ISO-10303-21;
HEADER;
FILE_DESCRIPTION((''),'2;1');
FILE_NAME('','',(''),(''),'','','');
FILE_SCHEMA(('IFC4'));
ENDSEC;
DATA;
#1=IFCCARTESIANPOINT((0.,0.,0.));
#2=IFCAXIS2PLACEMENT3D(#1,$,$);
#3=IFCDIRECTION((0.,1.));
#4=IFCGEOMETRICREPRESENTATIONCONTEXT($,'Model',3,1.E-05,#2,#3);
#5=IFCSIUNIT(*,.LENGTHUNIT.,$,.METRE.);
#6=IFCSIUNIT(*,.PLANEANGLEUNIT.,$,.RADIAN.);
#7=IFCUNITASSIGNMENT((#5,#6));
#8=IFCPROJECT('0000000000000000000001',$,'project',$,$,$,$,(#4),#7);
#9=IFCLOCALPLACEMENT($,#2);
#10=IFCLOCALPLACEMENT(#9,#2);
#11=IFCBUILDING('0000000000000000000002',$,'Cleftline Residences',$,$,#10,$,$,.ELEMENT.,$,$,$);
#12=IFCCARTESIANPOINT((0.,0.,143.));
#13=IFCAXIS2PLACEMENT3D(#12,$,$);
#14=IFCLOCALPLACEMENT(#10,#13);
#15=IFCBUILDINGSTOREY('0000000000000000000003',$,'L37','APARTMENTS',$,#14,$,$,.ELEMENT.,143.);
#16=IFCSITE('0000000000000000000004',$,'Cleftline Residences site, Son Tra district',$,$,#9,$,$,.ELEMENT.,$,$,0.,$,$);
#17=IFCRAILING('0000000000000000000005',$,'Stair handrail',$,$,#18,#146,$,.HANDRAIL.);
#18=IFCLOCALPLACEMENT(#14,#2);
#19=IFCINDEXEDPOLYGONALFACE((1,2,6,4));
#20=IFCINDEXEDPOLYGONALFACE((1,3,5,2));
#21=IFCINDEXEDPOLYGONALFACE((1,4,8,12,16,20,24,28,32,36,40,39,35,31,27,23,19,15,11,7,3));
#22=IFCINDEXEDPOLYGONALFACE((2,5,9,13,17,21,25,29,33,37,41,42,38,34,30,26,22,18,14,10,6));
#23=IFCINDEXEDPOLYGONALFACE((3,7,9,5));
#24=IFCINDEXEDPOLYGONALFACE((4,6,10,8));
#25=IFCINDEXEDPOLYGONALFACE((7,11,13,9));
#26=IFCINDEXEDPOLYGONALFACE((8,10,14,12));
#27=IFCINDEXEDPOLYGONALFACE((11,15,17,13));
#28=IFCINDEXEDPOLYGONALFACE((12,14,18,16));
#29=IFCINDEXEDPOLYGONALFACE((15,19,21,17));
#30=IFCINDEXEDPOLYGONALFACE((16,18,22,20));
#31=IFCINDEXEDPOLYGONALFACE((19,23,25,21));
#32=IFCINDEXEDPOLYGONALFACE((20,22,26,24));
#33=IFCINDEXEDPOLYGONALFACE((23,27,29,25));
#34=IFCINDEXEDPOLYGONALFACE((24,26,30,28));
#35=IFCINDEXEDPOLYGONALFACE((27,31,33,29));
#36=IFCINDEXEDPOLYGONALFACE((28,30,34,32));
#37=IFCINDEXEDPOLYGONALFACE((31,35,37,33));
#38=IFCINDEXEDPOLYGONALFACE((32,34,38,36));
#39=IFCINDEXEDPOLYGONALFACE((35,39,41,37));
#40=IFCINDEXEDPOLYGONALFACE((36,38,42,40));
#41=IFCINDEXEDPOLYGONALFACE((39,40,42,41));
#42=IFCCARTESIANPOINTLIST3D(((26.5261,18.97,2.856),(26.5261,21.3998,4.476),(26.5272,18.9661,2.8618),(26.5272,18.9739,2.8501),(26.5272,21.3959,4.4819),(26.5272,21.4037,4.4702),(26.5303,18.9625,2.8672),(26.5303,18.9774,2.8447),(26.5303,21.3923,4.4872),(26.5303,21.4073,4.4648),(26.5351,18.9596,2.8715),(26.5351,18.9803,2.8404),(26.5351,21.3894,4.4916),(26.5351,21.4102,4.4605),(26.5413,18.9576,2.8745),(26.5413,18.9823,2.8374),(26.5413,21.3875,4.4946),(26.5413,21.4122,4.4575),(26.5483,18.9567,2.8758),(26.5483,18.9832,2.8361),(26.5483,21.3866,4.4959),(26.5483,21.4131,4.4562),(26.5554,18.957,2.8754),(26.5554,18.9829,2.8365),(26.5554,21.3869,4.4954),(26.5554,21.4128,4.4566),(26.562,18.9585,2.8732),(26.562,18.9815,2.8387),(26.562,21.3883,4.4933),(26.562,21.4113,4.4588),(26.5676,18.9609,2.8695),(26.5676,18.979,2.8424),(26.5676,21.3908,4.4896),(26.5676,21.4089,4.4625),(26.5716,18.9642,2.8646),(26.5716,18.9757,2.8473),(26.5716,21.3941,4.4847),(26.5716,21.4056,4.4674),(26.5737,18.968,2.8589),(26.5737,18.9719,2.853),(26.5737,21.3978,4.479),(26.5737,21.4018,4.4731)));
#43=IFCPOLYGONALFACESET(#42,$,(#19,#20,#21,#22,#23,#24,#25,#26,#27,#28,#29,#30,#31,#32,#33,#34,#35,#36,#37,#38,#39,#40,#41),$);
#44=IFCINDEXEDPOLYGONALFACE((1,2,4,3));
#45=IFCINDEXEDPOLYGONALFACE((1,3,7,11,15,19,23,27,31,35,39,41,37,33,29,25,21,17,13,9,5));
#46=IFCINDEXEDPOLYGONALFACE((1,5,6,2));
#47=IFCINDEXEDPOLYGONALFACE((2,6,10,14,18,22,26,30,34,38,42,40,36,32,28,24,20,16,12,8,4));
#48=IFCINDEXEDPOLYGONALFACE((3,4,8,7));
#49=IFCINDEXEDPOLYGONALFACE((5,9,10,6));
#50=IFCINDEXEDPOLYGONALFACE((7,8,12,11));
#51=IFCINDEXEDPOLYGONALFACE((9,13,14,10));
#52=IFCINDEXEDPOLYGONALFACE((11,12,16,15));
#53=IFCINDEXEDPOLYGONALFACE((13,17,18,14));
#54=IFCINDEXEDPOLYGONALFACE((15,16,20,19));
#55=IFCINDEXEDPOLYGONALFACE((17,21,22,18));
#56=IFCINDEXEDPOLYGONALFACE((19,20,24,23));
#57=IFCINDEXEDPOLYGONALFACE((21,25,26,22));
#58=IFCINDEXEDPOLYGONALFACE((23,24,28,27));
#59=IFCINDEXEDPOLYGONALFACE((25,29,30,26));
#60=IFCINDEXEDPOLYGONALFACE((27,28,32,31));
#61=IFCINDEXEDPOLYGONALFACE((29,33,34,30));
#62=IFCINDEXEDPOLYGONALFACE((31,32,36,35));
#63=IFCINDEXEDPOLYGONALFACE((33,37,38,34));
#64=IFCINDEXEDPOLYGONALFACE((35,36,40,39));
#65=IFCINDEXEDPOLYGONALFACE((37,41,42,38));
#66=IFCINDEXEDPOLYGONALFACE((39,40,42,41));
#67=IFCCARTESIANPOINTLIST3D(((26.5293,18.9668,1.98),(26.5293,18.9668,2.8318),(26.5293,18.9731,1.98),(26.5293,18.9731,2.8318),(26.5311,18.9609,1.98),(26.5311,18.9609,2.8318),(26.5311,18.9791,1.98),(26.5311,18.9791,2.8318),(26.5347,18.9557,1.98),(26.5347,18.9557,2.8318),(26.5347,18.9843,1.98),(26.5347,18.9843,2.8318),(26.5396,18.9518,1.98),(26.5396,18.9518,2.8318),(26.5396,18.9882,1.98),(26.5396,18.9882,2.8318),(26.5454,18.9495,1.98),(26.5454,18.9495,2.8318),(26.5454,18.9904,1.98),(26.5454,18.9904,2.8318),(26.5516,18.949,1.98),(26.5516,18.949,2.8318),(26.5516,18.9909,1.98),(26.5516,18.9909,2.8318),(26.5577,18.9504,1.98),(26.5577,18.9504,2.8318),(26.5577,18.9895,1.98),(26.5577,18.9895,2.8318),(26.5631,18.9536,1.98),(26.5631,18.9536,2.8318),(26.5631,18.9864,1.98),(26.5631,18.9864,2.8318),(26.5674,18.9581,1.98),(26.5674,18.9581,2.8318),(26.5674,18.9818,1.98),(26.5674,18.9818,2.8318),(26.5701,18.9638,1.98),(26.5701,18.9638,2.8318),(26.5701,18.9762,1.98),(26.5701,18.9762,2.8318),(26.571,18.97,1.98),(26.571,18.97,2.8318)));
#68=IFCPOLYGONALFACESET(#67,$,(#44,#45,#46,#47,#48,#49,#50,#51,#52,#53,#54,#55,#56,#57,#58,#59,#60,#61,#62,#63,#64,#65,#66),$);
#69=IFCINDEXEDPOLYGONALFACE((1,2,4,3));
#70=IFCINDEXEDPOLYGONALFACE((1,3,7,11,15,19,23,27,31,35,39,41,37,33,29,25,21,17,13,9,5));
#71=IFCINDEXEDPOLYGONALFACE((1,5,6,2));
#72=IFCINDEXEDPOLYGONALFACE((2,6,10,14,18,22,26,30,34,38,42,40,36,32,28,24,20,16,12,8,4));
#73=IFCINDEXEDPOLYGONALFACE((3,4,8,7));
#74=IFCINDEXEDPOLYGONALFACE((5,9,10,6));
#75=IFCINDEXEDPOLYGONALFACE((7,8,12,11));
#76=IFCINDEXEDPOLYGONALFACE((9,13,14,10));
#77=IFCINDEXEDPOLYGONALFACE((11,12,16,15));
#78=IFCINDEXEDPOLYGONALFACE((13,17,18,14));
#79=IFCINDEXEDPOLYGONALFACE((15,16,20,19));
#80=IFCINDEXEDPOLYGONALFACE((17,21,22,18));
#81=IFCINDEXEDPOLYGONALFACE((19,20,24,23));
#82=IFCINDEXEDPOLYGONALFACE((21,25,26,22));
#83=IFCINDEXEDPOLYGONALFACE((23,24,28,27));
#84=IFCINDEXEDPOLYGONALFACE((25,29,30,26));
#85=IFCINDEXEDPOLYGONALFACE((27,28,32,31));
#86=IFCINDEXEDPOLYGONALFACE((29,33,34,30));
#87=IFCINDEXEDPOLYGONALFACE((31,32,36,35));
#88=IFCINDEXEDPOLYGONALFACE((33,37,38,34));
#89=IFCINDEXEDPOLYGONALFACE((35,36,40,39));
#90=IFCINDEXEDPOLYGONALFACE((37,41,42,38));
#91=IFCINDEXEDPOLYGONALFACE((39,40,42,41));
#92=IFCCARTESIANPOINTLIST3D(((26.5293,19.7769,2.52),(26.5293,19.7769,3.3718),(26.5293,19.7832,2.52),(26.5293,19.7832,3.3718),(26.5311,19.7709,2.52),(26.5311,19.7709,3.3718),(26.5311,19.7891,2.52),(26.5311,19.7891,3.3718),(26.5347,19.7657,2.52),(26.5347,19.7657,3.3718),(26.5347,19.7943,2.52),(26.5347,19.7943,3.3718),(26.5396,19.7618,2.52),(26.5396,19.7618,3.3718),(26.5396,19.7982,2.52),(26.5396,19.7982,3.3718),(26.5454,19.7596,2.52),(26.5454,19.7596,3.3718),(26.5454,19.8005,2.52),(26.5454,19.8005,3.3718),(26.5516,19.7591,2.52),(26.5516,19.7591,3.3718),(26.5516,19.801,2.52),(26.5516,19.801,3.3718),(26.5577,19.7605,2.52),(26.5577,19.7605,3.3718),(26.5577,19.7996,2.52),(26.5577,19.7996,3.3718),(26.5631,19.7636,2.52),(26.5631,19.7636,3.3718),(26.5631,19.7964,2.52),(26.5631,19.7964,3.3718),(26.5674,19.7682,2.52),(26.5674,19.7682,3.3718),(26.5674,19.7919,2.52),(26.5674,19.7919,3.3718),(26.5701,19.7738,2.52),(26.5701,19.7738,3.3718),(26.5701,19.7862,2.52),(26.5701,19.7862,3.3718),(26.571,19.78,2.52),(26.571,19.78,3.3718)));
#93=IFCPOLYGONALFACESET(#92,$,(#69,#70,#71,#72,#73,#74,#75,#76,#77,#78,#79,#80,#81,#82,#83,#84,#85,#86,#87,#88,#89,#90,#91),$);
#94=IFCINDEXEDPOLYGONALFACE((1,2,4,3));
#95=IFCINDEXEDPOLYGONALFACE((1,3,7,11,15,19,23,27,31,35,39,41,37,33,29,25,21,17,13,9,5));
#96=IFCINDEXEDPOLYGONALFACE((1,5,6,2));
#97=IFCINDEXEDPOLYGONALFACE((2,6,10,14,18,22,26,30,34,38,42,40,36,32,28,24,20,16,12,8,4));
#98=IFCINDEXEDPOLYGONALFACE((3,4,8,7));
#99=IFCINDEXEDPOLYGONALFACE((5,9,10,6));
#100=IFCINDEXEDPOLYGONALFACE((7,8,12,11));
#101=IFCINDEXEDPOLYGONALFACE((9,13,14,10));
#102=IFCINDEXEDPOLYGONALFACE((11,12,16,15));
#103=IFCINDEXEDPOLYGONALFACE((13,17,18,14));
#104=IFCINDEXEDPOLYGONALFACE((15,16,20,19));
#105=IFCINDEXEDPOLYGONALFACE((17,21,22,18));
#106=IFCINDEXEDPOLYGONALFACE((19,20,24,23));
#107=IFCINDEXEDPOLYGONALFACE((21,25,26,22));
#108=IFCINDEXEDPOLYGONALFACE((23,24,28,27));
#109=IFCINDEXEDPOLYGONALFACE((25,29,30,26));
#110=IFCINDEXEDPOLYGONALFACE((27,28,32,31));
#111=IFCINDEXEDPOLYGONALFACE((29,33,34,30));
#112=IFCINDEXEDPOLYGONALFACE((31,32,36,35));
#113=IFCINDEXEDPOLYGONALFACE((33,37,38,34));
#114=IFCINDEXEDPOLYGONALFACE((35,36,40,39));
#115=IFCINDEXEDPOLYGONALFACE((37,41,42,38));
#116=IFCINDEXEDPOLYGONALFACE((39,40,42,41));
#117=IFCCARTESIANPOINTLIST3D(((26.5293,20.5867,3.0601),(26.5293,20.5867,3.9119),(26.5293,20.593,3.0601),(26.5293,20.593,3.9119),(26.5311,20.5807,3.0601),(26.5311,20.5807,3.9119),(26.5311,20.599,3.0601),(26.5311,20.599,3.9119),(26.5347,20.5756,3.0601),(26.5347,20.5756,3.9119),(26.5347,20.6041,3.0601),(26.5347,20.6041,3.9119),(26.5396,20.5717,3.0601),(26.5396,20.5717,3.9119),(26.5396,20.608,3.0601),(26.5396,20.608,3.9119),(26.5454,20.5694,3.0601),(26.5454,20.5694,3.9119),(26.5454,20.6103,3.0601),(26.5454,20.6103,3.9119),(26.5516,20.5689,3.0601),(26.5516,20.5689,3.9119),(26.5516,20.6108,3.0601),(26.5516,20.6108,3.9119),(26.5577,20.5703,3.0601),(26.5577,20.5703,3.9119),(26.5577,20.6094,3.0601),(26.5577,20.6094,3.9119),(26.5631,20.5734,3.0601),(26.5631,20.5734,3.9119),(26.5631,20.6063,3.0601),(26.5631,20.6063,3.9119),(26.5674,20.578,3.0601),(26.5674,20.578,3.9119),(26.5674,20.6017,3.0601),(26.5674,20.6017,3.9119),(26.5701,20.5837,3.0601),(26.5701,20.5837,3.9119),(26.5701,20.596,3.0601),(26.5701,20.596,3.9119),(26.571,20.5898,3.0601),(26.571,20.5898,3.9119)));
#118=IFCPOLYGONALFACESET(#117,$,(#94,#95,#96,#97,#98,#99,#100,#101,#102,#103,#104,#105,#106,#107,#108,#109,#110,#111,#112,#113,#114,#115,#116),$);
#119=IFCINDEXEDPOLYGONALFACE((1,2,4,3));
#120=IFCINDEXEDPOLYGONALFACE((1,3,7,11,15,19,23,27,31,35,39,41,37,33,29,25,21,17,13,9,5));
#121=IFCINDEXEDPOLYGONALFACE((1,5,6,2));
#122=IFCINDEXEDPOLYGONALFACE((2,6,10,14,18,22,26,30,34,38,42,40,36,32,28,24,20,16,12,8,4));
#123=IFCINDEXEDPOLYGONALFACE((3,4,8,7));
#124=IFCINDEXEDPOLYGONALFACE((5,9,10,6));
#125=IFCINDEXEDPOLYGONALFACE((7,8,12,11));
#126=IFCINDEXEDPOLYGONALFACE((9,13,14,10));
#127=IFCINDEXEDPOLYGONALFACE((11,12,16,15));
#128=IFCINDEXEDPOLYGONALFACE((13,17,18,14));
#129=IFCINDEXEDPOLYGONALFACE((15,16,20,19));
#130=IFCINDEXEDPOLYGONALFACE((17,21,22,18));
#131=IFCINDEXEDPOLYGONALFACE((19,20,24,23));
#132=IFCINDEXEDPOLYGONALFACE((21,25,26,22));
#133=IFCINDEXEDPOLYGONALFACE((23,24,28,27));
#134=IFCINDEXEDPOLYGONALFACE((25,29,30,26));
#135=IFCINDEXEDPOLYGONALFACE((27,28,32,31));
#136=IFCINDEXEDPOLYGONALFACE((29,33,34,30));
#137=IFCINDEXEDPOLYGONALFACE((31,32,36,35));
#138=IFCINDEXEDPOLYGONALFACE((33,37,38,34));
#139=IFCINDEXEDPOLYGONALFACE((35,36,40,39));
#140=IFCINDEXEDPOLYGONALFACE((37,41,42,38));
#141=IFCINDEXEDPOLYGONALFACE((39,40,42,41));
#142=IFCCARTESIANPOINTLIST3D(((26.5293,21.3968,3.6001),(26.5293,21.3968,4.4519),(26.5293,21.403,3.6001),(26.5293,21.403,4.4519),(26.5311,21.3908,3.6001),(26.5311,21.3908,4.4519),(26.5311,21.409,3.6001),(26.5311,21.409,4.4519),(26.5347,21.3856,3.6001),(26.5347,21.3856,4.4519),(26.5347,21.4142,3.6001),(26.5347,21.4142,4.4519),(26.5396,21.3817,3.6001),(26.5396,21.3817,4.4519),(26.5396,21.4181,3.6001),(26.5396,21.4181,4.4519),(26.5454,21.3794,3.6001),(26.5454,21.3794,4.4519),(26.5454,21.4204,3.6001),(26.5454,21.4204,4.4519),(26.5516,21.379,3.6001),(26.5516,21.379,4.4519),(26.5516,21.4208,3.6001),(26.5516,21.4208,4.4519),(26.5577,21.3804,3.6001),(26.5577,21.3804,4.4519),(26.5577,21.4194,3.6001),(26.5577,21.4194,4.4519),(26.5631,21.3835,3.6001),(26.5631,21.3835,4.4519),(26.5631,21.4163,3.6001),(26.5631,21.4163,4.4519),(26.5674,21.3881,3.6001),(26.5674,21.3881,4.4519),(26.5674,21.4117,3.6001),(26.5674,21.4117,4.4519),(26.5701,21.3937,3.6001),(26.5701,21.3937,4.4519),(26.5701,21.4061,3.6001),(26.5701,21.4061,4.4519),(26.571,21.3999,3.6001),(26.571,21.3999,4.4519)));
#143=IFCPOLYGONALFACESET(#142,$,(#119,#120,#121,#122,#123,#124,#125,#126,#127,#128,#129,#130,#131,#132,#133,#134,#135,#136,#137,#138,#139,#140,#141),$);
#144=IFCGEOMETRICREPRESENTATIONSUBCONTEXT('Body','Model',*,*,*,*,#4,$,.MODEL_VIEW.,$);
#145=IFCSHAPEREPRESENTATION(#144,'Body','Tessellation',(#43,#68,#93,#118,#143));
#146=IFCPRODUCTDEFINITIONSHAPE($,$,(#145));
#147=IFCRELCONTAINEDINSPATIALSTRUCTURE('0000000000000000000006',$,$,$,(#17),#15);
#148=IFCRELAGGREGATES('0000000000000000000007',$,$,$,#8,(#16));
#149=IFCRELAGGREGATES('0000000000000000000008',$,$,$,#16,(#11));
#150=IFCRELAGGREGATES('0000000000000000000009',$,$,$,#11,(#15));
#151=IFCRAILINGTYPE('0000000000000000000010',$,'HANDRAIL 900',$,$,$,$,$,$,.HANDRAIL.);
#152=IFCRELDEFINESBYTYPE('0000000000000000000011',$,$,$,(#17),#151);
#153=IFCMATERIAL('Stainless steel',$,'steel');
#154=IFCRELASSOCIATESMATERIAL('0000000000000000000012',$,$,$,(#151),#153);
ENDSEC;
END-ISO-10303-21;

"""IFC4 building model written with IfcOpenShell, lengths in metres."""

from ifc_helpers import new_model, si_unit, direction, frame, origin, origin_2d, place, context, subcontext, project, spatial, circle, extrude, material, type_object, element, save


model = new_model("IFC4")

# Units and contexts
model_context = context("Model", 3, precision=1e-05, world=origin(), true_north=direction((0.0, 1.0)))
body_context = subcontext(model_context, "Body", "Model", "MODEL_VIEW")
ifc_project = project(units=[si_unit("LENGTHUNIT", "METRE"), si_unit("PLANEANGLEUNIT", "RADIAN")], contexts=[model_context])

# Site, building, storey
site_placement = place(None, origin())
site = spatial("IfcSite", under=ifc_project, at=site_placement, Name="Cleftline Residences site, Son Tra district", CompositionType="ELEMENT", RefElevation=0.0)
building_placement = place(site_placement, origin())
building = spatial("IfcBuilding", under=site, at=building_placement, Name="Cleftline Residences", CompositionType="ELEMENT")
storey_placement = place(building_placement, frame((0.0, 0.0, 143.0)))
storey = spatial("IfcBuildingStorey", under=building, at=storey_placement, Name="L37", Description="APARTMENTS", CompositionType="ELEMENT", Elevation=143.0)

# Railing
ifc_material_1 = material(Name="Stainless steel", Category="steel")
railing_type = type_object("IfcRailingType", Name="HANDRAIL 900", PredefinedType="HANDRAIL", material=ifc_material_1)
railing_1_placement = place(storey_placement, frame((26.55, 18.97, 1.98)))
element("IfcRailing", 1, at=railing_1_placement, inside=storey, type_object=railing_type, Name="Stair handrail", PredefinedType="HANDRAIL", context=body_context, shape_type="SweptSolid", body=[
    extrude(circle(Radius=0.0239, at=origin_2d()), frame((0.0, 0.0, 0.876), z_axis=(0.0, 0.832025, 0.554739), x_axis=(-1.0, 0.0, 0.0)), (0.0, 0.0, 1.0), 2.9204),
    extrude(circle(Radius=0.021, at=origin_2d()), origin(), (0.0, 0.0, 1.0), 0.8518),
    extrude(circle(Radius=0.021, at=origin_2d()), frame((0.0, 0.8101, 0.54)), (0.0, 0.0, 1.0), 0.8518),
    extrude(circle(Radius=0.021, at=origin_2d()), frame((0.0, 1.6199, 1.0801)), (0.0, 0.0, 1.0), 0.8518),
    extrude(circle(Radius=0.021, at=origin_2d()), frame((0.0, 2.4299, 1.6201)), (0.0, 0.0, 1.0), 0.8518),
])

save(model, "model.ifc")
